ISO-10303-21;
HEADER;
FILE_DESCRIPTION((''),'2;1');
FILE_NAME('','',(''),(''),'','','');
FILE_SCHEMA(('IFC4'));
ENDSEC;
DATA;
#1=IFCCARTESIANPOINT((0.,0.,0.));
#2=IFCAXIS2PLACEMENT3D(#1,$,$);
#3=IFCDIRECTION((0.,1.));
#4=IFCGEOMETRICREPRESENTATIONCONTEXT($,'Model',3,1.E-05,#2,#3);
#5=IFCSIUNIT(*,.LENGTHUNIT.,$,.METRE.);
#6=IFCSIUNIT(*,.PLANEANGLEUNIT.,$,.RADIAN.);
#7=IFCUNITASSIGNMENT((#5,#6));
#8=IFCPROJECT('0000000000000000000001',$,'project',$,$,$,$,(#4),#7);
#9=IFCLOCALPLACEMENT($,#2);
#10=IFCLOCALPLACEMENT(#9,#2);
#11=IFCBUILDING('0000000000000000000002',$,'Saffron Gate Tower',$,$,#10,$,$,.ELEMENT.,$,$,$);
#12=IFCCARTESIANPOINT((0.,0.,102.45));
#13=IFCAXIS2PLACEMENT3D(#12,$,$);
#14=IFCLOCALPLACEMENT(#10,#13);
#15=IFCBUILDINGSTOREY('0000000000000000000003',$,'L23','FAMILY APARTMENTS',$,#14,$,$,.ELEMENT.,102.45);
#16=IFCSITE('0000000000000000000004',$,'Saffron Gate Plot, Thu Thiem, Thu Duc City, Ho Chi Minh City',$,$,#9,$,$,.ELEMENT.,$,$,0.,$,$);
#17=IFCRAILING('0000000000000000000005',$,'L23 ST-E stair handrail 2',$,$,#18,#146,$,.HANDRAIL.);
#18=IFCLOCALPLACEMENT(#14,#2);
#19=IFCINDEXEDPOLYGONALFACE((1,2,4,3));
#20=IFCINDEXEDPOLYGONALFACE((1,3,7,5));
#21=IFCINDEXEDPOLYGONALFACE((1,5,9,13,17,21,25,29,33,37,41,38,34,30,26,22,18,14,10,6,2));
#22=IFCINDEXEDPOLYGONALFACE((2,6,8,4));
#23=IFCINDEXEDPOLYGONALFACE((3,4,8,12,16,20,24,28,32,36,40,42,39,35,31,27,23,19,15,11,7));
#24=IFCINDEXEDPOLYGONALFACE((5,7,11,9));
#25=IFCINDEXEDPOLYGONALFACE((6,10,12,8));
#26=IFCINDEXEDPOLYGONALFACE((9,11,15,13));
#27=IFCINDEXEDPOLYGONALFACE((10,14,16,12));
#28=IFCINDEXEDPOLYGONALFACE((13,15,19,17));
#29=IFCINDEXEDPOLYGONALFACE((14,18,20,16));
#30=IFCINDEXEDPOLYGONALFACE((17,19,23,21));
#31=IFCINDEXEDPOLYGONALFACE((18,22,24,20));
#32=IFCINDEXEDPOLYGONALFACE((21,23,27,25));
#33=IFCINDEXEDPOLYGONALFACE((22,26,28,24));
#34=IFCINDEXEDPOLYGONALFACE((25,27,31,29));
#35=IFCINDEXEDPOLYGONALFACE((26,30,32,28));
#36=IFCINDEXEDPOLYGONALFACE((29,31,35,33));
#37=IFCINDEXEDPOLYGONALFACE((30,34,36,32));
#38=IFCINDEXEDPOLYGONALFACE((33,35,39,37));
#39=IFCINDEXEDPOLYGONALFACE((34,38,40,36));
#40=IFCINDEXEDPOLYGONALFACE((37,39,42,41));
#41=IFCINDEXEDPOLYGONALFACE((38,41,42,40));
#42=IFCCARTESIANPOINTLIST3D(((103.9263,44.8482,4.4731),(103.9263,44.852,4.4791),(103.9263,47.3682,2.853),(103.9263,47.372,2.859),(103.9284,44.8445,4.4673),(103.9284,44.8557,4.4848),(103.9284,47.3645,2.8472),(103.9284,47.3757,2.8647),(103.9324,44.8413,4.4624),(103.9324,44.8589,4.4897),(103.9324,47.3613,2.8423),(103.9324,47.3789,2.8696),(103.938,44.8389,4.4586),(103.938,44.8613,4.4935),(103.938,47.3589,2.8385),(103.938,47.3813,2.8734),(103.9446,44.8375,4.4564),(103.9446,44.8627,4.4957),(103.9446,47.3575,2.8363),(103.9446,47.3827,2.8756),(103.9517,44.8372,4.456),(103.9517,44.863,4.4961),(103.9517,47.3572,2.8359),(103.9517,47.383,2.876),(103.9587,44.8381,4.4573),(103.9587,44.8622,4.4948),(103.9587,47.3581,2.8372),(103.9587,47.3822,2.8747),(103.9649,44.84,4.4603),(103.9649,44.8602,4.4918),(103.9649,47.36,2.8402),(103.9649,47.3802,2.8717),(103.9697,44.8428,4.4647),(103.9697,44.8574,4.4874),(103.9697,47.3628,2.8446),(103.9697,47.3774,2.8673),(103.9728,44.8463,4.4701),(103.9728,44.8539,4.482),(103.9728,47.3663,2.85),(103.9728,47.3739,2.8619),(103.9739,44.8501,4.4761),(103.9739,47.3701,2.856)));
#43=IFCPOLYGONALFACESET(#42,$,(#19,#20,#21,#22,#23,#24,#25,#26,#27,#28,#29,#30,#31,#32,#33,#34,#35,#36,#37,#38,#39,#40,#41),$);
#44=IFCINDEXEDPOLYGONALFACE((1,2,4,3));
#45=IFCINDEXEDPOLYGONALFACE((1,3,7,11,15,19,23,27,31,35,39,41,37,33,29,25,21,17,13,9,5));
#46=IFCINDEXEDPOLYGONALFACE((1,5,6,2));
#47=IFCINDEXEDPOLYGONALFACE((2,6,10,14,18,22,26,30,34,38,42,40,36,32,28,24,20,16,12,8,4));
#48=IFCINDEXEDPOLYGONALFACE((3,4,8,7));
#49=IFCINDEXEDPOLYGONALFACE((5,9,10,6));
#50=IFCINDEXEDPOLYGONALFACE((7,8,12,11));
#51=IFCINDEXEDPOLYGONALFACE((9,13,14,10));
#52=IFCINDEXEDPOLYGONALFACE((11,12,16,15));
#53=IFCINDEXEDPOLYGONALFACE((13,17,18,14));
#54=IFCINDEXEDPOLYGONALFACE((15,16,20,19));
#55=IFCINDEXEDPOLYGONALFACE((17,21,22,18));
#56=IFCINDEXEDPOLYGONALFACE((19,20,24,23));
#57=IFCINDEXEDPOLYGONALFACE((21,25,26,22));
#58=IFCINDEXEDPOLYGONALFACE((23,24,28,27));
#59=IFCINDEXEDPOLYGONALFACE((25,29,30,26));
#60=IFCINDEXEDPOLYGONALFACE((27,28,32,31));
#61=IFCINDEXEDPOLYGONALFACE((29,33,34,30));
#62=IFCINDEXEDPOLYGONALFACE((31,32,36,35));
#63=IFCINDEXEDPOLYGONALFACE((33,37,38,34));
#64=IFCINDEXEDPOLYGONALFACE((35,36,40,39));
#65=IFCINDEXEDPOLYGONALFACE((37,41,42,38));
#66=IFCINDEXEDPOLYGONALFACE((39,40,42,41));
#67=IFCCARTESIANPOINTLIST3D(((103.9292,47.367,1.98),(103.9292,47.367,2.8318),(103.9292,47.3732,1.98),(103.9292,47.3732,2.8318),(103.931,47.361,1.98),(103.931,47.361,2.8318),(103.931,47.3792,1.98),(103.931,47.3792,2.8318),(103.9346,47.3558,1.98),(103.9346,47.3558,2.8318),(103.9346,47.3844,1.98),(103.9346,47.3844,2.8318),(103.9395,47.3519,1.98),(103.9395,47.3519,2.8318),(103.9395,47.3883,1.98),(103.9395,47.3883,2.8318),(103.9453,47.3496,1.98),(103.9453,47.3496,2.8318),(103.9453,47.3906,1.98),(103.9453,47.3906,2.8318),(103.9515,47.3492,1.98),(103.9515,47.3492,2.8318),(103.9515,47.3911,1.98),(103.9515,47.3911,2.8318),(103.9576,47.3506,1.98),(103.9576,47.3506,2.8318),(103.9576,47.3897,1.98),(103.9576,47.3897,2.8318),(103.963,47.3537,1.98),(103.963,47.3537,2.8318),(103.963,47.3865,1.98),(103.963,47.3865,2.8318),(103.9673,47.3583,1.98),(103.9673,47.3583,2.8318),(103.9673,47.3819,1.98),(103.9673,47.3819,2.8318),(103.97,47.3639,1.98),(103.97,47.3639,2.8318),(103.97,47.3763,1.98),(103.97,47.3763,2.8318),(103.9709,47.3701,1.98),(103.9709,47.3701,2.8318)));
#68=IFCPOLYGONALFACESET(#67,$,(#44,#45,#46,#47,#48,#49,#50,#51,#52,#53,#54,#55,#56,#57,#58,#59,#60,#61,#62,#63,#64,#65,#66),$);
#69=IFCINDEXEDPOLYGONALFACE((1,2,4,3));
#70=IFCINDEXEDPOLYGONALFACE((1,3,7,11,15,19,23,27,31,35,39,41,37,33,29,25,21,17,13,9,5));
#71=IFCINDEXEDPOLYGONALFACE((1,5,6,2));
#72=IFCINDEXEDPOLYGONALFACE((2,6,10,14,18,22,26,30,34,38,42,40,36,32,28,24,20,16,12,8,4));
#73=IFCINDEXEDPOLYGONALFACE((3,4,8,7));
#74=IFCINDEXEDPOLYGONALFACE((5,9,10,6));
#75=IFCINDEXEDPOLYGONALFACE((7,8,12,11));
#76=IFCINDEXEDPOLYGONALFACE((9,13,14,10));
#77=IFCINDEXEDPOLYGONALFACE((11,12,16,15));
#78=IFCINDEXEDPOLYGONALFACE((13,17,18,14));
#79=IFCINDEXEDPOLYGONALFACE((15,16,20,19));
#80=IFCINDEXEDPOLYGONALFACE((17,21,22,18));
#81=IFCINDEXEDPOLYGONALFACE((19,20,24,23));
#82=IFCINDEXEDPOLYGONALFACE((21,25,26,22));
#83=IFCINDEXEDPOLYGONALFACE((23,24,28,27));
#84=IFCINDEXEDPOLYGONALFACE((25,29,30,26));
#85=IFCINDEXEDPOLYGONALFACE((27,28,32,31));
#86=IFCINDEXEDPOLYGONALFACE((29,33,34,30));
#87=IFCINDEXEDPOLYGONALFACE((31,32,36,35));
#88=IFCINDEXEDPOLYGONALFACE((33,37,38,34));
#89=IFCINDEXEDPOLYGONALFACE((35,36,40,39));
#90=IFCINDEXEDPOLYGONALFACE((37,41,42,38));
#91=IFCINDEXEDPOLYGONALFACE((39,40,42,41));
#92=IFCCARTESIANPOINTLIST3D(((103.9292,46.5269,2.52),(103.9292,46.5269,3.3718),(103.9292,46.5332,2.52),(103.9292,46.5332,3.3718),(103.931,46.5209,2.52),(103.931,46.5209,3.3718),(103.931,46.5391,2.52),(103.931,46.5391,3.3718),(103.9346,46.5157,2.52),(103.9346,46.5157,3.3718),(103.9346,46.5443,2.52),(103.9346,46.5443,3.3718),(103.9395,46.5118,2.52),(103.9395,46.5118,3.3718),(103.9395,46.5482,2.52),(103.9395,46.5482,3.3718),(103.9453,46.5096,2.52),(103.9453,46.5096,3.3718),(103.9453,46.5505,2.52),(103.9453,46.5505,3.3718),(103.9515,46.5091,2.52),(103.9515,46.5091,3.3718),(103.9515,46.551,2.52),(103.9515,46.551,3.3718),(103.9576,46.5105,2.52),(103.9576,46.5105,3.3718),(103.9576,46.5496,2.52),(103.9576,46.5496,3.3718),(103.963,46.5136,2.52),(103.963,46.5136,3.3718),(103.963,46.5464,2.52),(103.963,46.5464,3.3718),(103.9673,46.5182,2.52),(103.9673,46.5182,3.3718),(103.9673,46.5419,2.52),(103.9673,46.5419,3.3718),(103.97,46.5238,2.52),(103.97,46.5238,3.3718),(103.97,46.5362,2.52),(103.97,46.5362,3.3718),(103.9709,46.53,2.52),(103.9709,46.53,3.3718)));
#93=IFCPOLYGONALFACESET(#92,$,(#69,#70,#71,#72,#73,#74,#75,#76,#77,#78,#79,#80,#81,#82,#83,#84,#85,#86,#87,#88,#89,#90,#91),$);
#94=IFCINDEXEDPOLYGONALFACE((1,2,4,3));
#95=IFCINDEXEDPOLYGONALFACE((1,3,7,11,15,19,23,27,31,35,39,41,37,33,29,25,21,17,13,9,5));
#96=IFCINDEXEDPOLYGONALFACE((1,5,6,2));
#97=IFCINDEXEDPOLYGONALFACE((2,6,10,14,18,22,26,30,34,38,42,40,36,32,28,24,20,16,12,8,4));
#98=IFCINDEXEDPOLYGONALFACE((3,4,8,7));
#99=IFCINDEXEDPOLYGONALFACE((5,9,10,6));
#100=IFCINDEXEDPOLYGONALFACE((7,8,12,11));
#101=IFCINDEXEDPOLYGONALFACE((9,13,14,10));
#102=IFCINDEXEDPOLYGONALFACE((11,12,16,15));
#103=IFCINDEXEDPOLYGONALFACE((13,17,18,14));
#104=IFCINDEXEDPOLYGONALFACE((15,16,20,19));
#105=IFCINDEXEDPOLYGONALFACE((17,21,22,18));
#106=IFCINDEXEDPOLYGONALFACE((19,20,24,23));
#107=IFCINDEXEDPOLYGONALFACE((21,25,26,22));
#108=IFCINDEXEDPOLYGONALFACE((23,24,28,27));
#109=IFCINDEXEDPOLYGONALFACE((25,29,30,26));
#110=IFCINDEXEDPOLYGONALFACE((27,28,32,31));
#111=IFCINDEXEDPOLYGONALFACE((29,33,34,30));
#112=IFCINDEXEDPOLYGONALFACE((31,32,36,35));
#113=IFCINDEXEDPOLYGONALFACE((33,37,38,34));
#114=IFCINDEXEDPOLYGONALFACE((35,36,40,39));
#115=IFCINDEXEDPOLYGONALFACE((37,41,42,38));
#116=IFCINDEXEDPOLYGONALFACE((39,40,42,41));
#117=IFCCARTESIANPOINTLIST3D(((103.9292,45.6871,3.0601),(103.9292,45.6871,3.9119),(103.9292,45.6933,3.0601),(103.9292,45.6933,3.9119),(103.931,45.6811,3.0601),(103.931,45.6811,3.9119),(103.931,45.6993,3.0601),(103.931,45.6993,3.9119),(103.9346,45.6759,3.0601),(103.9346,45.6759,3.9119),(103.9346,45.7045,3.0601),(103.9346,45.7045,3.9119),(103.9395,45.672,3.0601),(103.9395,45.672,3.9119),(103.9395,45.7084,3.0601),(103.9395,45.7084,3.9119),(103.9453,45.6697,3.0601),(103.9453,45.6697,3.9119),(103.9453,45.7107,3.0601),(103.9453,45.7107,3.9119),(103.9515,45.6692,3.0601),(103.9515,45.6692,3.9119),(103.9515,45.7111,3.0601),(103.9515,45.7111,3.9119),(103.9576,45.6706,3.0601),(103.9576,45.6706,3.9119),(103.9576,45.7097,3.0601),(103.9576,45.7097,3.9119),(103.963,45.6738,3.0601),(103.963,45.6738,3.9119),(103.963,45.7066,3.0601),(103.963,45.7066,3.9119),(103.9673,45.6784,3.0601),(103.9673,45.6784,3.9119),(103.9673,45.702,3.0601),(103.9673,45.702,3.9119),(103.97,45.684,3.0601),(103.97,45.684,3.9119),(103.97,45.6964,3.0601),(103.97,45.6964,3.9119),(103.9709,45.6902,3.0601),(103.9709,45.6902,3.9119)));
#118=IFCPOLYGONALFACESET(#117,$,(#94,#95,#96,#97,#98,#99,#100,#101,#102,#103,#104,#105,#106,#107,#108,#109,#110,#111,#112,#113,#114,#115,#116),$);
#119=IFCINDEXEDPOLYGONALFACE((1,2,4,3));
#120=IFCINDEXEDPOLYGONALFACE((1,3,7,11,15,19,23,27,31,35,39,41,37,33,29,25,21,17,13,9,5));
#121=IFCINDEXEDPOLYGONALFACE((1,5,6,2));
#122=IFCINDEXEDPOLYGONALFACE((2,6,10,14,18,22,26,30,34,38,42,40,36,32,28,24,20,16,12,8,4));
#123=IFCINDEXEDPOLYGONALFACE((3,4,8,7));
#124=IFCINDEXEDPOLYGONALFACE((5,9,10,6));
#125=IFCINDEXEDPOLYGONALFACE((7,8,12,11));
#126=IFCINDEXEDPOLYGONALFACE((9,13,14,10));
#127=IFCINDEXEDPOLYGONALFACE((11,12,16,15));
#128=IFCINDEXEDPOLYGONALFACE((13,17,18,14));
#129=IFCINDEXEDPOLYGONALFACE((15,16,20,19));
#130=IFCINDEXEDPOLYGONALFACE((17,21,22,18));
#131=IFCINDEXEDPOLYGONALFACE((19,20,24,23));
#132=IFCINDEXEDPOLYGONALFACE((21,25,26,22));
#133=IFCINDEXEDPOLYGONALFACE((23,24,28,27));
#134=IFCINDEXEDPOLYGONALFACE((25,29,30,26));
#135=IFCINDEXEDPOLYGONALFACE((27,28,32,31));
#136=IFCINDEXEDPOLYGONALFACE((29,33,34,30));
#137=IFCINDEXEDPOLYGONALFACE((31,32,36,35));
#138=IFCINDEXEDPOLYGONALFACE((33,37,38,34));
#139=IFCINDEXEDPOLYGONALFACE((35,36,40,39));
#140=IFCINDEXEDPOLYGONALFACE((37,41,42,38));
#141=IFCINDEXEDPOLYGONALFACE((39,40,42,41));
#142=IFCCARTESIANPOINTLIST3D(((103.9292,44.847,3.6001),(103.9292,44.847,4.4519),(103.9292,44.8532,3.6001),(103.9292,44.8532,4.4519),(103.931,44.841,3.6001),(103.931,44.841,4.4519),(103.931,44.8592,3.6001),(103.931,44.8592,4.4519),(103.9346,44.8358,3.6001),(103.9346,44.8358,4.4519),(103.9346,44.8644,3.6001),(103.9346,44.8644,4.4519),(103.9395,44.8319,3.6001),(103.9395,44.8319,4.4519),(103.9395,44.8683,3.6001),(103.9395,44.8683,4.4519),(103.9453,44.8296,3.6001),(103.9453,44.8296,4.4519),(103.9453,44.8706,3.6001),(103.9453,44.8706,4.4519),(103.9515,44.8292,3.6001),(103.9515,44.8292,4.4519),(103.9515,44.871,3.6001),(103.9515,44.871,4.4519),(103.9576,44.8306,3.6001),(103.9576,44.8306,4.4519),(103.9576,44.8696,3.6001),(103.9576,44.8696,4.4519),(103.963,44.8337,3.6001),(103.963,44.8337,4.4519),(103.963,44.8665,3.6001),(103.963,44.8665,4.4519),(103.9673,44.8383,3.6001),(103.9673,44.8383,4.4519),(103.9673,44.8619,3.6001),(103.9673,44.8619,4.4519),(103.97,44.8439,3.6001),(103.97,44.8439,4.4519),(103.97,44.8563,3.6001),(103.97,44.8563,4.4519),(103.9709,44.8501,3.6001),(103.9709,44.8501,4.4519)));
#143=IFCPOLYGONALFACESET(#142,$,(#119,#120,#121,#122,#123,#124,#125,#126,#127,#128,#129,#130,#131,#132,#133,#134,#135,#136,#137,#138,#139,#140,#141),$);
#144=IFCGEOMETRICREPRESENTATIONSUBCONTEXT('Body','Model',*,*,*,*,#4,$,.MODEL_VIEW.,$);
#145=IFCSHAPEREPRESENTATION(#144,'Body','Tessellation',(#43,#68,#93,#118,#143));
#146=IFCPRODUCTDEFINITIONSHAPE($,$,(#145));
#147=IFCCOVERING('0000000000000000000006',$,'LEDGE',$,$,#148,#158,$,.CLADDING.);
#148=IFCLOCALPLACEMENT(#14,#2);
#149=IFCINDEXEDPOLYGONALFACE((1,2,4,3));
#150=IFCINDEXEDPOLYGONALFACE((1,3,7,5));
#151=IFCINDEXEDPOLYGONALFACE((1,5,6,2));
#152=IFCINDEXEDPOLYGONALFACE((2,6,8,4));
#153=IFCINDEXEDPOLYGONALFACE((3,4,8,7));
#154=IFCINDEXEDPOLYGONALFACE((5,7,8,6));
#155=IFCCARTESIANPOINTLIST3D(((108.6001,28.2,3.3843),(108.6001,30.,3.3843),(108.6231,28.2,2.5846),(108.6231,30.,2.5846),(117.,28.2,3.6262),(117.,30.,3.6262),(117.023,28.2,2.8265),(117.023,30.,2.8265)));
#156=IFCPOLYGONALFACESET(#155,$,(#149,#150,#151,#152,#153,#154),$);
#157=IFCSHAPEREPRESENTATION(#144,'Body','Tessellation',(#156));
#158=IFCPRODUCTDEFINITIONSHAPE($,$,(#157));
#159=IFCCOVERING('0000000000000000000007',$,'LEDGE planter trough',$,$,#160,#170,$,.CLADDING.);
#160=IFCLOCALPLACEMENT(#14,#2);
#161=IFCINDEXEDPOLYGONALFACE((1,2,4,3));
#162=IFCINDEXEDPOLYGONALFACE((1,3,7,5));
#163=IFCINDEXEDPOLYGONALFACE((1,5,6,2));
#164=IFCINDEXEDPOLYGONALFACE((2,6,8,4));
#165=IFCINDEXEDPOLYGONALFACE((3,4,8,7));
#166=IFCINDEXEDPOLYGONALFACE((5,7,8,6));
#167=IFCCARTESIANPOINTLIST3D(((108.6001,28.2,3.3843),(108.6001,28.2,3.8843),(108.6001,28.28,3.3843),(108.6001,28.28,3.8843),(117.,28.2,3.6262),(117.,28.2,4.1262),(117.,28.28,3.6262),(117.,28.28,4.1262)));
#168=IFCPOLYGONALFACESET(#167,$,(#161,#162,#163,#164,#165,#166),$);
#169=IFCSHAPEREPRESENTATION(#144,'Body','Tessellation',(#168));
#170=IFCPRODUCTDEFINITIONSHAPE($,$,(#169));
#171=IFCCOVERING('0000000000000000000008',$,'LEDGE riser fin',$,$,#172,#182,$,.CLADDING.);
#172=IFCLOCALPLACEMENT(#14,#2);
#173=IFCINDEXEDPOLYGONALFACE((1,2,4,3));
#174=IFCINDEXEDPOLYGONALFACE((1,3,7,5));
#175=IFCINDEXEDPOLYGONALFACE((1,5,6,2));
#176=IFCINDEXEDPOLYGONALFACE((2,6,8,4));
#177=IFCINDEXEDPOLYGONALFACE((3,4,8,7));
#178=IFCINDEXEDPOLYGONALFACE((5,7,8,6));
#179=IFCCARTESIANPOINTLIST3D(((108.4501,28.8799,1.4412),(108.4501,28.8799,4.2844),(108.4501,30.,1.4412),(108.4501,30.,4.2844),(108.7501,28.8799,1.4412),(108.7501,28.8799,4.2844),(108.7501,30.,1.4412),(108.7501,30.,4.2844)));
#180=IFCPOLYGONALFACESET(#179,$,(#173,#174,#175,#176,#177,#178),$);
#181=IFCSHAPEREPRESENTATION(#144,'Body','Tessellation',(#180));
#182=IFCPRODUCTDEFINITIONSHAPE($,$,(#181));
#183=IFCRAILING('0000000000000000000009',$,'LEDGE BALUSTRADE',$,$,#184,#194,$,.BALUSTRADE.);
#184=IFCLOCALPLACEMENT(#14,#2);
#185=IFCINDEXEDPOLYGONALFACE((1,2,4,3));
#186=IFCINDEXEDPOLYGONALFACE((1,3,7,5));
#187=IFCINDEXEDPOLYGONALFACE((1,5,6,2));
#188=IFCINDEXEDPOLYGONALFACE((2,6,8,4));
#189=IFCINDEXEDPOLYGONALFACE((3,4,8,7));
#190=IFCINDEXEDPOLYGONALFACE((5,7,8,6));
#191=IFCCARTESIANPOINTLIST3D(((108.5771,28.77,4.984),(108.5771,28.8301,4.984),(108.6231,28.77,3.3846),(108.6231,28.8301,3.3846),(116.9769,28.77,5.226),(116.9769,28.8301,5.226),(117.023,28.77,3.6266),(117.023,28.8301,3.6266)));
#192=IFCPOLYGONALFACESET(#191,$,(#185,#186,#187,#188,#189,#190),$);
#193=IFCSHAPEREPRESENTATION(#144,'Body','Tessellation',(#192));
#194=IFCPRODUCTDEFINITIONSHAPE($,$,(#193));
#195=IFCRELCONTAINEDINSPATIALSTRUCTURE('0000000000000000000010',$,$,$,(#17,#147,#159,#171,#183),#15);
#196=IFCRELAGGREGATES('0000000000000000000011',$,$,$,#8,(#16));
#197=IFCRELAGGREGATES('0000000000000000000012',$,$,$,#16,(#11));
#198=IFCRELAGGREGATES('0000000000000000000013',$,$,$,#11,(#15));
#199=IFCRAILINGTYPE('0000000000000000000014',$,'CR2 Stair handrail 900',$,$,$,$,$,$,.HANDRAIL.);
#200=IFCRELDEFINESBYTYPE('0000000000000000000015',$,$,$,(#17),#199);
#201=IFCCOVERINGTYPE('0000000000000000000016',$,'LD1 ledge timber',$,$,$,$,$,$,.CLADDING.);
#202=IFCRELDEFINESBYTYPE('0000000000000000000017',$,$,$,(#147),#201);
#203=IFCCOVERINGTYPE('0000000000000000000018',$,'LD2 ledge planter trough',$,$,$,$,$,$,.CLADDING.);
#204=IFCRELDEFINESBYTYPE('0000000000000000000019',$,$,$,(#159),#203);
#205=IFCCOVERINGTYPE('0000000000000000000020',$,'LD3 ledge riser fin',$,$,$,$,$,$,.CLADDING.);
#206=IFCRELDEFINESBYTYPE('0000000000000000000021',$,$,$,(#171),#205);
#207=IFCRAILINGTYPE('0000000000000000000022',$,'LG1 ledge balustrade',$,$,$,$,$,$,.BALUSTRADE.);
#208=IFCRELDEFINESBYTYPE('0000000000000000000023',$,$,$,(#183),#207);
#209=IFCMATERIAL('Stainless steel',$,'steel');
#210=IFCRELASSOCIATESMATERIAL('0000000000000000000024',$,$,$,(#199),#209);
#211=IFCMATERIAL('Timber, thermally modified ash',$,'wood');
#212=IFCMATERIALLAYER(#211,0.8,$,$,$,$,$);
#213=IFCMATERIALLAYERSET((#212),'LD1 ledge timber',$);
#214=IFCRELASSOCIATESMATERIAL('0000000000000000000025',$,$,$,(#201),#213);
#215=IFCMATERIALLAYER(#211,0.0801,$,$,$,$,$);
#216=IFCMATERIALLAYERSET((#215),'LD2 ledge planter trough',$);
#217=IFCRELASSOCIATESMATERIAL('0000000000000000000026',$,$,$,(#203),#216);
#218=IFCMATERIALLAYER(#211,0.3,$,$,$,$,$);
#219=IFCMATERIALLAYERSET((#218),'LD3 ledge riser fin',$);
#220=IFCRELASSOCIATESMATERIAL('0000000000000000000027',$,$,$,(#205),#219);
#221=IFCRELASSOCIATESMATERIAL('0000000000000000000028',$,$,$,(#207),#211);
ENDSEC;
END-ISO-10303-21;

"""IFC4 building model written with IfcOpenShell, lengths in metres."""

from ifc_helpers import new_model, si_unit, direction, frame, origin, origin_2d, place, context, subcontext, project, spatial, polyline, rectangle, circle, outline, extrude, material, layer, layer_set, type_object, element, save


model = new_model("IFC4")

# Units and contexts
model_context = context("Model", 3, precision=1e-05, world=origin(), true_north=direction((0.0, 1.0)))
body_context = subcontext(model_context, "Body", "Model", "MODEL_VIEW")
ifc_project = project(units=[si_unit("LENGTHUNIT", "METRE"), si_unit("PLANEANGLEUNIT", "RADIAN")], contexts=[model_context])

# Site, building, storey
site_placement = place(None, origin())
site = spatial("IfcSite", under=ifc_project, at=site_placement, Name="Saffron Gate Plot, Thu Thiem, Thu Duc City, Ho Chi Minh City", CompositionType="ELEMENT", RefElevation=0.0)
building_placement = place(site_placement, origin())
building = spatial("IfcBuilding", under=site, at=building_placement, Name="Saffron Gate Tower", CompositionType="ELEMENT")
storey_placement = place(building_placement, frame((0.0, 0.0, 102.45)))
storey = spatial("IfcBuildingStorey", under=building, at=storey_placement, Name="L23", Description="FAMILY APARTMENTS", CompositionType="ELEMENT", Elevation=102.45)

# Railing
ifc_material_1 = material(Name="Stainless steel", Category="steel")
railing_type_1 = type_object("IfcRailingType", Name="CR2 Stair handrail 900", PredefinedType="HANDRAIL", material=ifc_material_1)
railing_1_placement = place(storey_placement, frame((103.95, 47.3701, 1.98)))
element("IfcRailing", 1, at=railing_1_placement, inside=storey, type_object=railing_type_1, Name="L23 ST-E stair handrail 2", PredefinedType="HANDRAIL", context=body_context, shape_type="SweptSolid", body=[
    extrude(circle(Radius=0.0239, at=origin_2d()), frame((0.0, 0.0, 0.876), z_axis=(0.0, -0.841163, 0.540782), x_axis=(1.0, 0.0, 0.0)), (0.0, 0.0, 1.0), 2.9958),
    extrude(circle(Radius=0.021, at=origin_2d()), origin(), (0.0, 0.0, 1.0), 0.8518),
    extrude(circle(Radius=0.021, at=origin_2d()), frame((0.0, -0.8401, 0.54)), (0.0, 0.0, 1.0), 0.8518),
    extrude(circle(Radius=0.021, at=origin_2d()), frame((0.0, -1.6799, 1.0801)), (0.0, 0.0, 1.0), 0.8518),
    extrude(circle(Radius=0.021, at=origin_2d()), frame((0.0, -2.52, 1.6201)), (0.0, 0.0, 1.0), 0.8518),
])

# Coverings
ifc_material_2 = material(Name="Timber, thermally modified ash", Category="wood")
ifc_layer_1 = layer(ifc_material_2, 0.8)
ifc_layer_set_1 = layer_set([ifc_layer_1], Name="LD1 ledge timber")
covering_type_1 = type_object("IfcCoveringType", Name="LD1 ledge timber", PredefinedType="CLADDING", material=ifc_layer_set_1)
covering_1_placement = place(storey_placement, frame((108.6001, 30.0, 3.3843), z_axis=(-0.028791, 0.0, 0.999585), x_axis=(0.999585, 0.0, 0.028791)))
element("IfcCovering", 2, at=covering_1_placement, inside=storey, type_object=covering_type_1, Name="LEDGE", PredefinedType="CLADDING", context=body_context, shape_type="SweptSolid", body=[
    extrude(outline(polyline([(0.0, 0.0), (8.4034, 0.0), (8.4034, -1.8), (0.0, -1.8), (0.0, 0.0)])), origin(), (0.0, 0.0, -1.0), 0.8),
])
ifc_layer_2 = layer(ifc_material_2, 0.0801)
ifc_layer_set_2 = layer_set([ifc_layer_2], Name="LD2 ledge planter trough")
covering_type_2 = type_object("IfcCoveringType", Name="LD2 ledge planter trough", PredefinedType="CLADDING", material=ifc_layer_set_2)
covering_2_placement = place(storey_placement, frame((108.6001, 28.2, 3.3843), z_axis=(0.0, -1.0, 0.0), x_axis=(0.999585, 0.0, 0.028791)))
element("IfcCovering", 3, at=covering_2_placement, inside=storey, type_object=covering_type_2, Name="LEDGE planter trough", PredefinedType="CLADDING", context=body_context, shape_type="SweptSolid", body=[
    extrude(outline(polyline([(0.0, 0.0), (8.4034, 0.0), (8.4178, 0.4998), (0.0144, 0.4998), (0.0, 0.0)])), origin(), (0.0, 0.0, -1.0), 0.0801),
])
ifc_layer_3 = layer(ifc_material_2, 0.3)
ifc_layer_set_3 = layer_set([ifc_layer_3], Name="LD3 ledge riser fin")
covering_type_3 = type_object("IfcCoveringType", Name="LD3 ledge riser fin", PredefinedType="CLADDING", material=ifc_layer_set_3)
covering_3_placement = place(storey_placement, frame((108.6001, 29.4399, 1.4412), z_axis=(0.0, 0.0, 1.0), x_axis=(1.0, 0.0, 0.0)))
element("IfcCovering", 4, at=covering_3_placement, inside=storey, type_object=covering_type_3, Name="LEDGE riser fin", PredefinedType="CLADDING", context=body_context, shape_type="SweptSolid", body=[
    extrude(rectangle(XDim=0.3, YDim=1.1201, at=origin_2d()), origin(), (0.0, 0.0, 1.0), 2.8433),
])

# Railing
railing_type_2 = type_object("IfcRailingType", Name="LG1 ledge balustrade", PredefinedType="BALUSTRADE", material=ifc_material_2)
railing_2_placement = place(storey_placement, frame((108.6001, 28.8, 3.3843)))
element("IfcRailing", 5, at=railing_2_placement, inside=storey, type_object=railing_type_2, Name="LEDGE BALUSTRADE", PredefinedType="BALUSTRADE", context=body_context, shape_type="SweptSolid", body=[
    extrude(rectangle(XDim=0.0601, YDim=1.6001, at=origin_2d()), frame((0.0, 0.0, 0.8), z_axis=(0.999585, 0.0, 0.028791), x_axis=(0.0, 1.0, 0.0)), (0.0, 0.0, 1.0), 8.4033),
])

save(model, "model.ifc")
